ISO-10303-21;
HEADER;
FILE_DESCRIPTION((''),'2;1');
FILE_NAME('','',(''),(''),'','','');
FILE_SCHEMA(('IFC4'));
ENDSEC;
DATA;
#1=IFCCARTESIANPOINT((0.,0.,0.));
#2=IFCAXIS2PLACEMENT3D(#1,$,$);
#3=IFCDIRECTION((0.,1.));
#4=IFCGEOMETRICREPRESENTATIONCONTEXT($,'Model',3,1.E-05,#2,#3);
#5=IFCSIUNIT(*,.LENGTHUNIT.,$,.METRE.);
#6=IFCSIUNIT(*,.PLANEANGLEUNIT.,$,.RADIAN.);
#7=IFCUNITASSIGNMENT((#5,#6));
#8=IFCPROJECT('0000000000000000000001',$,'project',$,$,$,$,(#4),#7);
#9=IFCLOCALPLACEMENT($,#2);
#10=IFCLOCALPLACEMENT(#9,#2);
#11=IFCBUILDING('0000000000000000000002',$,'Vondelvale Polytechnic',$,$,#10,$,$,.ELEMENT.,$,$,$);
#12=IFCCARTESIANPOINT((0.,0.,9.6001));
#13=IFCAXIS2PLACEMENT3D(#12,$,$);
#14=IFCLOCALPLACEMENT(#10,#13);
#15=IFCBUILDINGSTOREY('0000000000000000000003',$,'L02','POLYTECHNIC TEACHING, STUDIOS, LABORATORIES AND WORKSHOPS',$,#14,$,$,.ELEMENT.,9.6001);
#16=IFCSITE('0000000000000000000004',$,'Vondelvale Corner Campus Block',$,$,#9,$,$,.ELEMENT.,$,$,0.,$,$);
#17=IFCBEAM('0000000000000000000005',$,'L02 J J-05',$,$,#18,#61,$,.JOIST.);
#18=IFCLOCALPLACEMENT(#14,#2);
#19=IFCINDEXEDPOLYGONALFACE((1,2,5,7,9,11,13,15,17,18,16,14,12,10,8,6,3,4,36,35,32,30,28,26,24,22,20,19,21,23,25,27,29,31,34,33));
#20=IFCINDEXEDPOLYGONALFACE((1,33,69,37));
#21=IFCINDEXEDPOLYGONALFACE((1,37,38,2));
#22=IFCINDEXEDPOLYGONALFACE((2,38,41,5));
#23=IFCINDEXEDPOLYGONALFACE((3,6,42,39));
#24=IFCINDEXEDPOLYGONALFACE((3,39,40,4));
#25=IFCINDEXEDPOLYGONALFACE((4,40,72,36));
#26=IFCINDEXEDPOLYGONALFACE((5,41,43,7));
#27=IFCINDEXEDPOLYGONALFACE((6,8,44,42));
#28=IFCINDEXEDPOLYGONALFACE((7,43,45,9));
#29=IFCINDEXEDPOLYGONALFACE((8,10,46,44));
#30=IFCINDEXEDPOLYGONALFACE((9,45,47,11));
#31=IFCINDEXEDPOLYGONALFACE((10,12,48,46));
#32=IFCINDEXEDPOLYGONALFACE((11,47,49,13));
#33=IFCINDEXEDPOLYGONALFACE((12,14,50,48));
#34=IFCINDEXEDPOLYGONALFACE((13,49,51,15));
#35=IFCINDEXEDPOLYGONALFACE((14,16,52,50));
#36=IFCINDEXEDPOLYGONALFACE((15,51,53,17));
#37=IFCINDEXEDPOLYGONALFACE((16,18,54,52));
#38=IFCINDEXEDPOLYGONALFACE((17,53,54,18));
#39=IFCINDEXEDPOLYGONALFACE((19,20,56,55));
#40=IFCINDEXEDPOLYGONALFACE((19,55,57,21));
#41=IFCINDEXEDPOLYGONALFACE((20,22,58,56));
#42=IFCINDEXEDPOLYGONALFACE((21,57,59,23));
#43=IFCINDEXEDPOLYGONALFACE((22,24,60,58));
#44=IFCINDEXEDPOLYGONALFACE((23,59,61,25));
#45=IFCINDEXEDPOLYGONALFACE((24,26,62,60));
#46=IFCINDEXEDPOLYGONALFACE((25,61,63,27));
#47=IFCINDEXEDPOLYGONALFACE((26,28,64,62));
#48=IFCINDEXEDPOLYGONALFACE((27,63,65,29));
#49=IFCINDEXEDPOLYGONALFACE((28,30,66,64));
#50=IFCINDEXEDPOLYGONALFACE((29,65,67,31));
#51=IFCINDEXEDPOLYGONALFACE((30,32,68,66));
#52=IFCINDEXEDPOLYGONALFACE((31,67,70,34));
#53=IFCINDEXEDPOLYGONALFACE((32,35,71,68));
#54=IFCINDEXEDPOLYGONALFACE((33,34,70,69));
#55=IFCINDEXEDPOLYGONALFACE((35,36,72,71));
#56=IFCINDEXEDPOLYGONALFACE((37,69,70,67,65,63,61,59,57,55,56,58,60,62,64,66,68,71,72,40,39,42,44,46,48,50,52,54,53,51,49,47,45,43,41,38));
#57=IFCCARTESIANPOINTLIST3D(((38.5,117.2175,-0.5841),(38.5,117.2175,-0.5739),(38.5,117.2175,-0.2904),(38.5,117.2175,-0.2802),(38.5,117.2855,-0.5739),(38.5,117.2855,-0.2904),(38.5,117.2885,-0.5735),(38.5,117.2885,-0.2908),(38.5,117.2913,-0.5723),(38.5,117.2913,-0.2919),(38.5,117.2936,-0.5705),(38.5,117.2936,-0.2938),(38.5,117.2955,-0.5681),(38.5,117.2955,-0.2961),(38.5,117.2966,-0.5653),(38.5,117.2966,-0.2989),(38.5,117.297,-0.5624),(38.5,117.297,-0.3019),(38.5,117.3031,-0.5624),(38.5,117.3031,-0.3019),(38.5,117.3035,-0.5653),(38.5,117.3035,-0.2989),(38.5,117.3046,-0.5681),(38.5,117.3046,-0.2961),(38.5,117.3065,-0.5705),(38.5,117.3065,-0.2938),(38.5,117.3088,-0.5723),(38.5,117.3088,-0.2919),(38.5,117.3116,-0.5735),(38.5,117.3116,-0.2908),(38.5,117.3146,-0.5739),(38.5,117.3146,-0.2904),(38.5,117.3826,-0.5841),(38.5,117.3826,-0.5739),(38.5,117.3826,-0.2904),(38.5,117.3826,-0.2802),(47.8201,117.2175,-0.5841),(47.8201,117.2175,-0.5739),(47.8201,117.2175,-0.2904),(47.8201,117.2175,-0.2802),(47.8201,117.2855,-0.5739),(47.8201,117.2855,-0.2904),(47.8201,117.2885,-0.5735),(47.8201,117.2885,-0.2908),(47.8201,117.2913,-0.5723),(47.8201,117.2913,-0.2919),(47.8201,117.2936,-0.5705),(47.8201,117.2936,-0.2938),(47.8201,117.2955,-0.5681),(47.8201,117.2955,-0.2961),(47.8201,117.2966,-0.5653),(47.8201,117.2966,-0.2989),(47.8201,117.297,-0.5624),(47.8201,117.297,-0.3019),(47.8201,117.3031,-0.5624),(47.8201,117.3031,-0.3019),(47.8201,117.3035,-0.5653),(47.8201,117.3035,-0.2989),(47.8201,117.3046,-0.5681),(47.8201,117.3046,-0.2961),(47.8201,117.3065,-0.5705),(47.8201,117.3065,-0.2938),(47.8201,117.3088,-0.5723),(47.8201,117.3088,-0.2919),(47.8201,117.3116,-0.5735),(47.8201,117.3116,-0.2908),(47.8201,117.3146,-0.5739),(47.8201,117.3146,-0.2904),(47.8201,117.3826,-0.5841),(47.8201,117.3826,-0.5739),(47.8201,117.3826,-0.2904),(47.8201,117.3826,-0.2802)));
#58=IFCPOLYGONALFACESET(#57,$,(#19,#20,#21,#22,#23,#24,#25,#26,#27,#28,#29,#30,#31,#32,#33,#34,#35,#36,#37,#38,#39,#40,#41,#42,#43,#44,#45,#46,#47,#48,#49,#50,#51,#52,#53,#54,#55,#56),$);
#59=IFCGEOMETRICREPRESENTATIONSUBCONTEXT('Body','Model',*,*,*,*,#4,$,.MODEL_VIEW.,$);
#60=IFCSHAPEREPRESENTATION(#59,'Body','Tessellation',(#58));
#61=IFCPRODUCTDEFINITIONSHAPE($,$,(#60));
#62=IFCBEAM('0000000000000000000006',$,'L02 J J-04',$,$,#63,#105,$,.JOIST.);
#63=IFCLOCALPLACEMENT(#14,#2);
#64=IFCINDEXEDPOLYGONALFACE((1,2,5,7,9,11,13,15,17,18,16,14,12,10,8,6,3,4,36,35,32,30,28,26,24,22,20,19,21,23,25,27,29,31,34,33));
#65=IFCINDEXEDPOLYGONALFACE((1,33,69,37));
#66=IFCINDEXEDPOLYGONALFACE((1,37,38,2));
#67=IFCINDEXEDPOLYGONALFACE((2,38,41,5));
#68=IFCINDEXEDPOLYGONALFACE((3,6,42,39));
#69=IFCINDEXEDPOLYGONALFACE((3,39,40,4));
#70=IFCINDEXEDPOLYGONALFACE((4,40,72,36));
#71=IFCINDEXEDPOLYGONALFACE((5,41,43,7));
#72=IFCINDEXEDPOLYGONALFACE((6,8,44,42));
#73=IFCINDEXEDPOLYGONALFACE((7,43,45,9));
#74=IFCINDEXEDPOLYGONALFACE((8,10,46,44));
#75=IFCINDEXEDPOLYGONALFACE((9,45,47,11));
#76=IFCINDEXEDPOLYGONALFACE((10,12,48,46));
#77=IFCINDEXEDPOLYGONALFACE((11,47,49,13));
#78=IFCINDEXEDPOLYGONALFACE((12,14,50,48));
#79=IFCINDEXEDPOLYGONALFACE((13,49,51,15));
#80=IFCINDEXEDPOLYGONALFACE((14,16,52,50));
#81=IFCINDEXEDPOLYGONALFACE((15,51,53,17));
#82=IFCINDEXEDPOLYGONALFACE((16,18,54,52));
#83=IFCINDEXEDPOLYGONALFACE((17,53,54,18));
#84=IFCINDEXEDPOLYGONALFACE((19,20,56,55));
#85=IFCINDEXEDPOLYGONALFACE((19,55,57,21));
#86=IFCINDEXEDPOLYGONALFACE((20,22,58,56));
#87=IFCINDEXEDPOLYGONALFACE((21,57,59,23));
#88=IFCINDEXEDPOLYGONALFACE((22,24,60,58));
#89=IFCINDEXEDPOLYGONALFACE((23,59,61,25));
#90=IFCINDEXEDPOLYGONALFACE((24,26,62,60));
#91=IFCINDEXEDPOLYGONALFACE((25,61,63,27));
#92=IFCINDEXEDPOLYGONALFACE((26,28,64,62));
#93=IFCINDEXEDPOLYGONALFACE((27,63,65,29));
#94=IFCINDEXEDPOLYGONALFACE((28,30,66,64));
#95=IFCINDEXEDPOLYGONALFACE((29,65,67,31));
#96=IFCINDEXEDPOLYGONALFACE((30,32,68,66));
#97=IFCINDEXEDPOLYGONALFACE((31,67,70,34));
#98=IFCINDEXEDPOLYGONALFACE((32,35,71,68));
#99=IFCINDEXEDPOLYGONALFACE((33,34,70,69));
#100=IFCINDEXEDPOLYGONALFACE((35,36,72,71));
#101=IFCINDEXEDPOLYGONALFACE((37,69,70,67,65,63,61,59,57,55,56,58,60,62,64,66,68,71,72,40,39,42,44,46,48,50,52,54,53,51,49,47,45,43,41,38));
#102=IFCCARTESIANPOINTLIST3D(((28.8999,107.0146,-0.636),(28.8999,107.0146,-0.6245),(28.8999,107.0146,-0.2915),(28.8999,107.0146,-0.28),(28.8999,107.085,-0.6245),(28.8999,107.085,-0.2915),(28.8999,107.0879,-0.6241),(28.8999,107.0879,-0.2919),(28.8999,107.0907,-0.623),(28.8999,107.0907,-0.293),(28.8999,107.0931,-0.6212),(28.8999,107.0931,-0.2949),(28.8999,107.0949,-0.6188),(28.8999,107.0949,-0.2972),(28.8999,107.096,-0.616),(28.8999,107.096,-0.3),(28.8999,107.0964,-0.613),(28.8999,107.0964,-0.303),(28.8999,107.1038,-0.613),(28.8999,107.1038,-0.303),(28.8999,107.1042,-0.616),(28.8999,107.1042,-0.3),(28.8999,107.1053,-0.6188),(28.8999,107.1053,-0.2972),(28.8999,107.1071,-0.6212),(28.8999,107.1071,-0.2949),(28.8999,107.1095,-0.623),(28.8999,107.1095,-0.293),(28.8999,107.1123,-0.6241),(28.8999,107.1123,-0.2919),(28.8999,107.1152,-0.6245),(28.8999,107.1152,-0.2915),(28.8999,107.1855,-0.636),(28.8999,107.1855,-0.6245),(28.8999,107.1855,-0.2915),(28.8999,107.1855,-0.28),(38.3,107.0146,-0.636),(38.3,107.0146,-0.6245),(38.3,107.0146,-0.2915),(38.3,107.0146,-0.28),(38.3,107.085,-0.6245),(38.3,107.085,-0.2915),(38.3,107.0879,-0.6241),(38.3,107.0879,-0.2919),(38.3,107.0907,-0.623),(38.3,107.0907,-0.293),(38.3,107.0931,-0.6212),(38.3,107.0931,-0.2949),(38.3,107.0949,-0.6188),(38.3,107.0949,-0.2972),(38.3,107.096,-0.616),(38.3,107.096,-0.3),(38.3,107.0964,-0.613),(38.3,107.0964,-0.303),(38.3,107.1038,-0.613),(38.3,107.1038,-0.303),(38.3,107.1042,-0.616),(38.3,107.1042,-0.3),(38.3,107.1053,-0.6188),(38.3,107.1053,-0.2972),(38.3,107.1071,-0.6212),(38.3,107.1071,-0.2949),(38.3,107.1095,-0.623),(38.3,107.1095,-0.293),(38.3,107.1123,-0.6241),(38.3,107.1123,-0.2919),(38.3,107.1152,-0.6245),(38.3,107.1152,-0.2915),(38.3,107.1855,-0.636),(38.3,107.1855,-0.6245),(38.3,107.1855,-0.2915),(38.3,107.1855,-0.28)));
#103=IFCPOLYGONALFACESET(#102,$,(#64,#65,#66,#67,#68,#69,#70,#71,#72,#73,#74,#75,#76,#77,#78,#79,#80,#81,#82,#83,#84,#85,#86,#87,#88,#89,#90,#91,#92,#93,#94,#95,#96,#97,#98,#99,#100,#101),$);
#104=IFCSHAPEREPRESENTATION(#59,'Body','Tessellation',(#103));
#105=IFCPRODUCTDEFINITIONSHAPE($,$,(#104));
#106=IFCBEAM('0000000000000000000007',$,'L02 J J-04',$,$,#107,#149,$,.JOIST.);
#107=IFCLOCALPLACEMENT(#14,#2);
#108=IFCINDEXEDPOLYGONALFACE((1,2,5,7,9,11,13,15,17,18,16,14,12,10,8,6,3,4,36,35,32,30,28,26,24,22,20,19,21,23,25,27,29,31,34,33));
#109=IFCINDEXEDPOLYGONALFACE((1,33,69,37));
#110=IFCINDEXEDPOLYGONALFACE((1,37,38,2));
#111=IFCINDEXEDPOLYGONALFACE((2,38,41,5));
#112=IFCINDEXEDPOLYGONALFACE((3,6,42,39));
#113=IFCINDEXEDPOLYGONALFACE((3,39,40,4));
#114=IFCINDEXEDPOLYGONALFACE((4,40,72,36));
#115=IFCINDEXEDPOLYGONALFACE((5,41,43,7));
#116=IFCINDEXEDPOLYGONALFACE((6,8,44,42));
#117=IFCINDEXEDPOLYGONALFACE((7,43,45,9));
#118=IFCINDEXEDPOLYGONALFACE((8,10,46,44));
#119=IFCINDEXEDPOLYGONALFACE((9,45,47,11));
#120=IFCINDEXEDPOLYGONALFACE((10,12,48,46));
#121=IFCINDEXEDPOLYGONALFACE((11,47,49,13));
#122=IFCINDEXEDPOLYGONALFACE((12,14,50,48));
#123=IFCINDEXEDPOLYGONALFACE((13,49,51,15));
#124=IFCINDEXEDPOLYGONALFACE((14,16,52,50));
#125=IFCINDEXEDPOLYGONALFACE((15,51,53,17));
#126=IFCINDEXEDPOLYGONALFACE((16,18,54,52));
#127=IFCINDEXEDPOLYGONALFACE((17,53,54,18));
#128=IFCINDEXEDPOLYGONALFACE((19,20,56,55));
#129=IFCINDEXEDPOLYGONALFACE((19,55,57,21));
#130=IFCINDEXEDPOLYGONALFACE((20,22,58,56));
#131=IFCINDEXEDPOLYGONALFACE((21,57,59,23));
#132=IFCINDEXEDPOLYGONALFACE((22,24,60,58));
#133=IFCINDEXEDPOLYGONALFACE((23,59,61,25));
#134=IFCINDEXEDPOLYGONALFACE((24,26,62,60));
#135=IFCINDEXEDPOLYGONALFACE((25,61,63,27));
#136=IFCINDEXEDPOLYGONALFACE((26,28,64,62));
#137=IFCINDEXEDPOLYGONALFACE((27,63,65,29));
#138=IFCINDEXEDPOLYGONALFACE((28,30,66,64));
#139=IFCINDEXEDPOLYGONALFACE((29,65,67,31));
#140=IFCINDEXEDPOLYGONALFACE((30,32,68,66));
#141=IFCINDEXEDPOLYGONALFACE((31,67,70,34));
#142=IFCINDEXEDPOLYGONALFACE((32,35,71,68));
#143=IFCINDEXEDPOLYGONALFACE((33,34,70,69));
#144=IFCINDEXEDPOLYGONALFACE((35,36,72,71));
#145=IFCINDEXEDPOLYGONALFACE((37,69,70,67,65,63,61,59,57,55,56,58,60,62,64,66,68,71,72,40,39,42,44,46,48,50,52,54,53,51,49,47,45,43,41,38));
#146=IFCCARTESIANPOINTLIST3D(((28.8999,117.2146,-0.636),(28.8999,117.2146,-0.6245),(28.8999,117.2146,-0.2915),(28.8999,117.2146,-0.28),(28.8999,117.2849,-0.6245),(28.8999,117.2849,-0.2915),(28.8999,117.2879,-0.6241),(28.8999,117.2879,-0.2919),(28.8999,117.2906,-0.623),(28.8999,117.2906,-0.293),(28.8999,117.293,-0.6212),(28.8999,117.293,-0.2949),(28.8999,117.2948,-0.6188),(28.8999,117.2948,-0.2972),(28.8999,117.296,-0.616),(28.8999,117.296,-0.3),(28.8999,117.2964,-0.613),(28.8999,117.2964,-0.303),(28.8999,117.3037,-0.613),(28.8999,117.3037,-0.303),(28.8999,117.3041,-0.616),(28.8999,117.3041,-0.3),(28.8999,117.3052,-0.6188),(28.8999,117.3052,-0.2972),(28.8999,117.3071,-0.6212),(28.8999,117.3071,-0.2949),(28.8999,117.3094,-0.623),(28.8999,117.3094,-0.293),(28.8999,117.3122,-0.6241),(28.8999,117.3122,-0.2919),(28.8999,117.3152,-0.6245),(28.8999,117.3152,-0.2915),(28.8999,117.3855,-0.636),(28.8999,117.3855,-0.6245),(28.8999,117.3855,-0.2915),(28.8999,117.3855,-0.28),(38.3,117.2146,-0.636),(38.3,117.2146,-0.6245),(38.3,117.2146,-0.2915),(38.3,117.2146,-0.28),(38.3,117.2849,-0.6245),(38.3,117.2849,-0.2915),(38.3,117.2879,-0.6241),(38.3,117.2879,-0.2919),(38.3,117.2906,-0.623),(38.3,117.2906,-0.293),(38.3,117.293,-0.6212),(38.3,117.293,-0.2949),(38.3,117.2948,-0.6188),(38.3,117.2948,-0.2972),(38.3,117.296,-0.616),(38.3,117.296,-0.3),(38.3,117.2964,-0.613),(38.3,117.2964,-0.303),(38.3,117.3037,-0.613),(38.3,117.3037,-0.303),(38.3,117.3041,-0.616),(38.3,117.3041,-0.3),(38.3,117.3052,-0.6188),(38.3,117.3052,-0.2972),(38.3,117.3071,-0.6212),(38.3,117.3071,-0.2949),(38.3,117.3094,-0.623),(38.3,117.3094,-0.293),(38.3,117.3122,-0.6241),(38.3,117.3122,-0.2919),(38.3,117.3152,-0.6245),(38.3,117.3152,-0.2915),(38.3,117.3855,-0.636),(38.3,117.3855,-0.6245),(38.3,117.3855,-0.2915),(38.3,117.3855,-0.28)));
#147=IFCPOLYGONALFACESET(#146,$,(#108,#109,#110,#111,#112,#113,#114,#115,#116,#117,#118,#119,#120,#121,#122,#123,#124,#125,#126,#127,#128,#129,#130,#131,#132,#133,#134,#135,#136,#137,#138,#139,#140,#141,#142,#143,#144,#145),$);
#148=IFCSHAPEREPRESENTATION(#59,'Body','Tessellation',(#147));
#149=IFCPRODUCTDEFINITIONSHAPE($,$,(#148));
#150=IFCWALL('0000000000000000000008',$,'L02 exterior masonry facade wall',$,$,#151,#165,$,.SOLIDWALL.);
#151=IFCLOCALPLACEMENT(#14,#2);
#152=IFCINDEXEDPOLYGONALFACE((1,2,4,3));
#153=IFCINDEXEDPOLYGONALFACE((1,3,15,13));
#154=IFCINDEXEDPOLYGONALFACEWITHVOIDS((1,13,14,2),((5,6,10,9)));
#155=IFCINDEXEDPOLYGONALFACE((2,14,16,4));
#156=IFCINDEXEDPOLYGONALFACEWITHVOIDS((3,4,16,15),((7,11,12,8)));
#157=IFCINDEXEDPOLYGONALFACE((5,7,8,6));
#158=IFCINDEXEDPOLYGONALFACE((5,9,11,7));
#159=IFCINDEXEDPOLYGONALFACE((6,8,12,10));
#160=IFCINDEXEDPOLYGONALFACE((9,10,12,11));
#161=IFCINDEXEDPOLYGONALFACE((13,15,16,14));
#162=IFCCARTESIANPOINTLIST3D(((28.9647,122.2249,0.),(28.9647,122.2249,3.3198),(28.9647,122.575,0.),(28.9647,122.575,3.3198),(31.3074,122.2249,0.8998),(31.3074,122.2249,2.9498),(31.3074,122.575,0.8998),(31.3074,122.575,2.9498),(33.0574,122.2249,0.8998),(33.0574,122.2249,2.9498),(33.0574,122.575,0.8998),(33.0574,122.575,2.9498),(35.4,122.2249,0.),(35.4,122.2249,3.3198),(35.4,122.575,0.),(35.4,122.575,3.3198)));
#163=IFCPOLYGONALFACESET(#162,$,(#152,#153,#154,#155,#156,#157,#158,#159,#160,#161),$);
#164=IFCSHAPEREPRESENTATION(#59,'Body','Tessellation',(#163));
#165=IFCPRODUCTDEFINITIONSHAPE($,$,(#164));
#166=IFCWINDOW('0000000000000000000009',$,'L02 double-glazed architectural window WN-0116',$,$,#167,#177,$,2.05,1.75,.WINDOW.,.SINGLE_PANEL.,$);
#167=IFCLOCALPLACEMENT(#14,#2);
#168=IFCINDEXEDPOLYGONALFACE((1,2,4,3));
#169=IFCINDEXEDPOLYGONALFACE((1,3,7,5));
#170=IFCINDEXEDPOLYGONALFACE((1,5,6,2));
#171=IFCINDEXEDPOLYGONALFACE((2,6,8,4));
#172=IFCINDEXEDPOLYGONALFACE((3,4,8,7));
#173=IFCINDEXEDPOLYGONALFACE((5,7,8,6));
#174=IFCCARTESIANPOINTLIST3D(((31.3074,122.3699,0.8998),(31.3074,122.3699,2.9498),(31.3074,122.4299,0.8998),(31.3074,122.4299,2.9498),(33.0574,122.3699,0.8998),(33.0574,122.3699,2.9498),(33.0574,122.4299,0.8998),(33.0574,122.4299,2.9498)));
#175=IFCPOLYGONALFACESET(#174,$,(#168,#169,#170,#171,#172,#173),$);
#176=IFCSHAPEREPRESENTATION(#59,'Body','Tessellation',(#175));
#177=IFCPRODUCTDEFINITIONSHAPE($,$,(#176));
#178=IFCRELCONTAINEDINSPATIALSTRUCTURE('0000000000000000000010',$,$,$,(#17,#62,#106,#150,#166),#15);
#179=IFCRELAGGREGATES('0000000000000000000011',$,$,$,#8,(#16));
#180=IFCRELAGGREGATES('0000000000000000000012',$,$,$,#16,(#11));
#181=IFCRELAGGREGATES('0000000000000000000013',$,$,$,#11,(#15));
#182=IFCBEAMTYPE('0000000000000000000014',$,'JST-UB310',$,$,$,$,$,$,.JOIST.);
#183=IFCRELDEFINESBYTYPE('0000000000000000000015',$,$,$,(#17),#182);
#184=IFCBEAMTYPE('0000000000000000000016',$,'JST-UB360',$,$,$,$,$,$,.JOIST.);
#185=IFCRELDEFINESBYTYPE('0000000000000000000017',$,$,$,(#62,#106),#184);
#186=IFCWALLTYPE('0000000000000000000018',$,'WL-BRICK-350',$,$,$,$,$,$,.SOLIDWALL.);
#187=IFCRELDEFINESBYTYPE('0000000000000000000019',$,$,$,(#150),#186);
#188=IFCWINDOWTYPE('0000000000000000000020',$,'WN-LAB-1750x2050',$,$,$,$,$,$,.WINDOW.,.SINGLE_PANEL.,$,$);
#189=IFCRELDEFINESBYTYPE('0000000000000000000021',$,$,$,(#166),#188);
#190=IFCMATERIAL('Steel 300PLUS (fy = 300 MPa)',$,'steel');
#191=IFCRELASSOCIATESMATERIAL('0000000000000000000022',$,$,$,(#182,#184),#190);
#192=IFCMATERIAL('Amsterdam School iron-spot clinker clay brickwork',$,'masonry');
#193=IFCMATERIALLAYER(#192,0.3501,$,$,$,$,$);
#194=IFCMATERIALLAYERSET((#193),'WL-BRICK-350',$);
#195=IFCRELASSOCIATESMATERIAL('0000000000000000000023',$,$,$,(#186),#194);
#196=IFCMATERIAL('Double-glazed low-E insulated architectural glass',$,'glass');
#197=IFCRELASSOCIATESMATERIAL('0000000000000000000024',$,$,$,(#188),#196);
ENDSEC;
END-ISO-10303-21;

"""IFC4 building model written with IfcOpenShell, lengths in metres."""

from ifc_helpers import new_model, si_unit, direction, frame, frame_2d, origin, origin_2d, place, context, subcontext, project, spatial, rectangle, i_section, extrude, material, layer, layer_set, material_profile, profile_set, type_object, element, fill, save


model = new_model("IFC4")

# Units and contexts
model_context = context("Model", 3, precision=1e-05, world=origin(), true_north=direction((0.0, 1.0)))
body_context = subcontext(model_context, "Body", "Model", "MODEL_VIEW")
ifc_project = project(units=[si_unit("LENGTHUNIT", "METRE"), si_unit("PLANEANGLEUNIT", "RADIAN")], contexts=[model_context])

# Site, building, storey
site_placement = place(None, origin())
site = spatial("IfcSite", under=ifc_project, at=site_placement, Name="Vondelvale Corner Campus Block", CompositionType="ELEMENT", RefElevation=0.0)
building_placement = place(site_placement, origin())
building = spatial("IfcBuilding", under=site, at=building_placement, Name="Vondelvale Polytechnic", CompositionType="ELEMENT")
storey_placement = place(building_placement, frame((0.0, 0.0, 9.6001)))
storey = spatial("IfcBuildingStorey", under=building, at=storey_placement, Name="L02", Description="POLYTECHNIC TEACHING, STUDIOS, LABORATORIES AND WORKSHOPS", CompositionType="ELEMENT", Elevation=9.6001)

# Shared definitions
ifc_material_1 = material(Name="Steel 300PLUS (fy = 300 MPa)", Category="steel")

# Beams
ifc_material_profile_1 = material_profile(ifc_material_1, i_section(OverallWidth=0.165, OverallDepth=0.304, WebThickness=0.0061, FlangeThickness=0.0103, FilletRadius=0.0115, at=origin_2d()), Name="310UB40.4")
ifc_profile_set_1 = profile_set([ifc_material_profile_1], Name="Steel 300PLUS (fy = 300 MPa)")
beam_type_1 = type_object("IfcBeamType", Name="JST-UB310", PredefinedType="JOIST", material=ifc_profile_set_1)
for number, where, z_axis, x_axis, name in (
    (1, (38.5, 117.3, -0.4321), (1.0, 0.0, 0.0), (0.0, 1.0, 0.0), "L02 J J-05"),
):
    element("IfcBeam", number, at=place(storey_placement, frame(where, z_axis=z_axis, x_axis=x_axis)), inside=storey, type_object=beam_type_1, Name=name, PredefinedType="JOIST", context=body_context, shape_type="SweptSolid", body=[
        extrude(i_section(OverallWidth=0.165, OverallDepth=0.304, WebThickness=0.0061, FlangeThickness=0.0103, FilletRadius=0.0115, at=origin_2d()), origin(), (0.0, 0.0, 1.0), 9.3201),
    ])
ifc_material_profile_2 = material_profile(ifc_material_1, i_section(OverallWidth=0.1709, OverallDepth=0.356, WebThickness=0.0073, FlangeThickness=0.0115, FilletRadius=0.0115, at=origin_2d()), Name="360UB50.7")
ifc_profile_set_2 = profile_set([ifc_material_profile_2], Name="Steel 300PLUS (fy = 300 MPa)")
beam_type_2 = type_object("IfcBeamType", Name="JST-UB360", PredefinedType="JOIST", material=ifc_profile_set_2)
for number, where, z_axis, x_axis, name in (
    (2, (28.8999, 107.1001, -0.458), (1.0, 0.0, 0.0), (0.0, 1.0, 0.0), "L02 J J-04"),
    (3, (28.8999, 117.3, -0.458), (1.0, 0.0, 0.0), (0.0, 1.0, 0.0), "L02 J J-04"),
):
    element("IfcBeam", number, at=place(storey_placement, frame(where, z_axis=z_axis, x_axis=x_axis)), inside=storey, type_object=beam_type_2, Name=name, PredefinedType="JOIST", context=body_context, shape_type="SweptSolid", body=[
        extrude(i_section(OverallWidth=0.1709, OverallDepth=0.356, WebThickness=0.0073, FlangeThickness=0.0115, FilletRadius=0.0115, at=origin_2d()), origin(), (0.0, 0.0, 1.0), 9.4001),
    ])

# Wall, opening, window
ifc_material_2 = material(Name="Amsterdam School iron-spot clinker clay brickwork", Category="masonry")
ifc_layer_1 = layer(ifc_material_2, 0.3501)
ifc_layer_set_1 = layer_set([ifc_layer_1], Name="WL-BRICK-350")
wall_type_1 = type_object("IfcWallType", Name="WL-BRICK-350", PredefinedType="SOLIDWALL", material=ifc_layer_set_1)
wall_1_placement = place(storey_placement, frame((28.9646, 122.3999, 0.0), z_axis=(0.0, 0.0, 1.0), x_axis=(1.0, 0.0, 0.0)))
wall_1 = element("IfcWall", 4, at=wall_1_placement, inside=storey, type_object=wall_type_1, Name="L02 exterior masonry facade wall", PredefinedType="SOLIDWALL", context=body_context, shape_type="SweptSolid", body=[
    extrude(rectangle(XDim=6.4353, YDim=0.3501, at=frame_2d((3.2178, 0.0))), origin(), (0.0, 0.0, 1.0), 3.3198),
])
opening_1_placement = place(wall_1_placement, frame((2.3428, 0.0, 0.8999)))
opening_1 = element("IfcOpeningElement", 5, at=opening_1_placement, cuts=wall_1, PredefinedType="OPENING", context=body_context, shape_type="SweptSolid", body=[
    extrude(rectangle(XDim=1.75, YDim=2.05, at=frame_2d((0.875, 1.0249))), frame((0.0, 0.1851, 0.0), z_axis=(0.0, -1.0, 0.0), x_axis=(1.0, 0.0, 0.0)), (0.0, 0.0, 1.0), 0.3701),
])
ifc_material_3 = material(Name="Double-glazed low-E insulated architectural glass", Category="glass")
window_type_1 = type_object("IfcWindowType", Name="WN-LAB-1750x2050", PartitioningType="SINGLE_PANEL", PredefinedType="WINDOW", material=ifc_material_3)
window_1_placement = place(opening_1_placement, origin())
window_1 = element("IfcWindow", 6, at=window_1_placement, inside=storey, type_object=window_type_1, Name="L02 double-glazed architectural window WN-0116", OverallHeight=2.05, OverallWidth=1.75, PartitioningType="SINGLE_PANEL", PredefinedType="WINDOW", context=body_context, shape_type="SweptSolid", body=[
    extrude(rectangle(XDim=1.75, YDim=2.05, at=frame_2d((0.875, 1.0249))), frame((0.0, 0.03, 0.0), z_axis=(0.0, -1.0, 0.0), x_axis=(1.0, 0.0, 0.0)), (0.0, 0.0, 1.0), 0.0601),
])
fill(opening_1, window_1)

save(model, "model.ifc")
